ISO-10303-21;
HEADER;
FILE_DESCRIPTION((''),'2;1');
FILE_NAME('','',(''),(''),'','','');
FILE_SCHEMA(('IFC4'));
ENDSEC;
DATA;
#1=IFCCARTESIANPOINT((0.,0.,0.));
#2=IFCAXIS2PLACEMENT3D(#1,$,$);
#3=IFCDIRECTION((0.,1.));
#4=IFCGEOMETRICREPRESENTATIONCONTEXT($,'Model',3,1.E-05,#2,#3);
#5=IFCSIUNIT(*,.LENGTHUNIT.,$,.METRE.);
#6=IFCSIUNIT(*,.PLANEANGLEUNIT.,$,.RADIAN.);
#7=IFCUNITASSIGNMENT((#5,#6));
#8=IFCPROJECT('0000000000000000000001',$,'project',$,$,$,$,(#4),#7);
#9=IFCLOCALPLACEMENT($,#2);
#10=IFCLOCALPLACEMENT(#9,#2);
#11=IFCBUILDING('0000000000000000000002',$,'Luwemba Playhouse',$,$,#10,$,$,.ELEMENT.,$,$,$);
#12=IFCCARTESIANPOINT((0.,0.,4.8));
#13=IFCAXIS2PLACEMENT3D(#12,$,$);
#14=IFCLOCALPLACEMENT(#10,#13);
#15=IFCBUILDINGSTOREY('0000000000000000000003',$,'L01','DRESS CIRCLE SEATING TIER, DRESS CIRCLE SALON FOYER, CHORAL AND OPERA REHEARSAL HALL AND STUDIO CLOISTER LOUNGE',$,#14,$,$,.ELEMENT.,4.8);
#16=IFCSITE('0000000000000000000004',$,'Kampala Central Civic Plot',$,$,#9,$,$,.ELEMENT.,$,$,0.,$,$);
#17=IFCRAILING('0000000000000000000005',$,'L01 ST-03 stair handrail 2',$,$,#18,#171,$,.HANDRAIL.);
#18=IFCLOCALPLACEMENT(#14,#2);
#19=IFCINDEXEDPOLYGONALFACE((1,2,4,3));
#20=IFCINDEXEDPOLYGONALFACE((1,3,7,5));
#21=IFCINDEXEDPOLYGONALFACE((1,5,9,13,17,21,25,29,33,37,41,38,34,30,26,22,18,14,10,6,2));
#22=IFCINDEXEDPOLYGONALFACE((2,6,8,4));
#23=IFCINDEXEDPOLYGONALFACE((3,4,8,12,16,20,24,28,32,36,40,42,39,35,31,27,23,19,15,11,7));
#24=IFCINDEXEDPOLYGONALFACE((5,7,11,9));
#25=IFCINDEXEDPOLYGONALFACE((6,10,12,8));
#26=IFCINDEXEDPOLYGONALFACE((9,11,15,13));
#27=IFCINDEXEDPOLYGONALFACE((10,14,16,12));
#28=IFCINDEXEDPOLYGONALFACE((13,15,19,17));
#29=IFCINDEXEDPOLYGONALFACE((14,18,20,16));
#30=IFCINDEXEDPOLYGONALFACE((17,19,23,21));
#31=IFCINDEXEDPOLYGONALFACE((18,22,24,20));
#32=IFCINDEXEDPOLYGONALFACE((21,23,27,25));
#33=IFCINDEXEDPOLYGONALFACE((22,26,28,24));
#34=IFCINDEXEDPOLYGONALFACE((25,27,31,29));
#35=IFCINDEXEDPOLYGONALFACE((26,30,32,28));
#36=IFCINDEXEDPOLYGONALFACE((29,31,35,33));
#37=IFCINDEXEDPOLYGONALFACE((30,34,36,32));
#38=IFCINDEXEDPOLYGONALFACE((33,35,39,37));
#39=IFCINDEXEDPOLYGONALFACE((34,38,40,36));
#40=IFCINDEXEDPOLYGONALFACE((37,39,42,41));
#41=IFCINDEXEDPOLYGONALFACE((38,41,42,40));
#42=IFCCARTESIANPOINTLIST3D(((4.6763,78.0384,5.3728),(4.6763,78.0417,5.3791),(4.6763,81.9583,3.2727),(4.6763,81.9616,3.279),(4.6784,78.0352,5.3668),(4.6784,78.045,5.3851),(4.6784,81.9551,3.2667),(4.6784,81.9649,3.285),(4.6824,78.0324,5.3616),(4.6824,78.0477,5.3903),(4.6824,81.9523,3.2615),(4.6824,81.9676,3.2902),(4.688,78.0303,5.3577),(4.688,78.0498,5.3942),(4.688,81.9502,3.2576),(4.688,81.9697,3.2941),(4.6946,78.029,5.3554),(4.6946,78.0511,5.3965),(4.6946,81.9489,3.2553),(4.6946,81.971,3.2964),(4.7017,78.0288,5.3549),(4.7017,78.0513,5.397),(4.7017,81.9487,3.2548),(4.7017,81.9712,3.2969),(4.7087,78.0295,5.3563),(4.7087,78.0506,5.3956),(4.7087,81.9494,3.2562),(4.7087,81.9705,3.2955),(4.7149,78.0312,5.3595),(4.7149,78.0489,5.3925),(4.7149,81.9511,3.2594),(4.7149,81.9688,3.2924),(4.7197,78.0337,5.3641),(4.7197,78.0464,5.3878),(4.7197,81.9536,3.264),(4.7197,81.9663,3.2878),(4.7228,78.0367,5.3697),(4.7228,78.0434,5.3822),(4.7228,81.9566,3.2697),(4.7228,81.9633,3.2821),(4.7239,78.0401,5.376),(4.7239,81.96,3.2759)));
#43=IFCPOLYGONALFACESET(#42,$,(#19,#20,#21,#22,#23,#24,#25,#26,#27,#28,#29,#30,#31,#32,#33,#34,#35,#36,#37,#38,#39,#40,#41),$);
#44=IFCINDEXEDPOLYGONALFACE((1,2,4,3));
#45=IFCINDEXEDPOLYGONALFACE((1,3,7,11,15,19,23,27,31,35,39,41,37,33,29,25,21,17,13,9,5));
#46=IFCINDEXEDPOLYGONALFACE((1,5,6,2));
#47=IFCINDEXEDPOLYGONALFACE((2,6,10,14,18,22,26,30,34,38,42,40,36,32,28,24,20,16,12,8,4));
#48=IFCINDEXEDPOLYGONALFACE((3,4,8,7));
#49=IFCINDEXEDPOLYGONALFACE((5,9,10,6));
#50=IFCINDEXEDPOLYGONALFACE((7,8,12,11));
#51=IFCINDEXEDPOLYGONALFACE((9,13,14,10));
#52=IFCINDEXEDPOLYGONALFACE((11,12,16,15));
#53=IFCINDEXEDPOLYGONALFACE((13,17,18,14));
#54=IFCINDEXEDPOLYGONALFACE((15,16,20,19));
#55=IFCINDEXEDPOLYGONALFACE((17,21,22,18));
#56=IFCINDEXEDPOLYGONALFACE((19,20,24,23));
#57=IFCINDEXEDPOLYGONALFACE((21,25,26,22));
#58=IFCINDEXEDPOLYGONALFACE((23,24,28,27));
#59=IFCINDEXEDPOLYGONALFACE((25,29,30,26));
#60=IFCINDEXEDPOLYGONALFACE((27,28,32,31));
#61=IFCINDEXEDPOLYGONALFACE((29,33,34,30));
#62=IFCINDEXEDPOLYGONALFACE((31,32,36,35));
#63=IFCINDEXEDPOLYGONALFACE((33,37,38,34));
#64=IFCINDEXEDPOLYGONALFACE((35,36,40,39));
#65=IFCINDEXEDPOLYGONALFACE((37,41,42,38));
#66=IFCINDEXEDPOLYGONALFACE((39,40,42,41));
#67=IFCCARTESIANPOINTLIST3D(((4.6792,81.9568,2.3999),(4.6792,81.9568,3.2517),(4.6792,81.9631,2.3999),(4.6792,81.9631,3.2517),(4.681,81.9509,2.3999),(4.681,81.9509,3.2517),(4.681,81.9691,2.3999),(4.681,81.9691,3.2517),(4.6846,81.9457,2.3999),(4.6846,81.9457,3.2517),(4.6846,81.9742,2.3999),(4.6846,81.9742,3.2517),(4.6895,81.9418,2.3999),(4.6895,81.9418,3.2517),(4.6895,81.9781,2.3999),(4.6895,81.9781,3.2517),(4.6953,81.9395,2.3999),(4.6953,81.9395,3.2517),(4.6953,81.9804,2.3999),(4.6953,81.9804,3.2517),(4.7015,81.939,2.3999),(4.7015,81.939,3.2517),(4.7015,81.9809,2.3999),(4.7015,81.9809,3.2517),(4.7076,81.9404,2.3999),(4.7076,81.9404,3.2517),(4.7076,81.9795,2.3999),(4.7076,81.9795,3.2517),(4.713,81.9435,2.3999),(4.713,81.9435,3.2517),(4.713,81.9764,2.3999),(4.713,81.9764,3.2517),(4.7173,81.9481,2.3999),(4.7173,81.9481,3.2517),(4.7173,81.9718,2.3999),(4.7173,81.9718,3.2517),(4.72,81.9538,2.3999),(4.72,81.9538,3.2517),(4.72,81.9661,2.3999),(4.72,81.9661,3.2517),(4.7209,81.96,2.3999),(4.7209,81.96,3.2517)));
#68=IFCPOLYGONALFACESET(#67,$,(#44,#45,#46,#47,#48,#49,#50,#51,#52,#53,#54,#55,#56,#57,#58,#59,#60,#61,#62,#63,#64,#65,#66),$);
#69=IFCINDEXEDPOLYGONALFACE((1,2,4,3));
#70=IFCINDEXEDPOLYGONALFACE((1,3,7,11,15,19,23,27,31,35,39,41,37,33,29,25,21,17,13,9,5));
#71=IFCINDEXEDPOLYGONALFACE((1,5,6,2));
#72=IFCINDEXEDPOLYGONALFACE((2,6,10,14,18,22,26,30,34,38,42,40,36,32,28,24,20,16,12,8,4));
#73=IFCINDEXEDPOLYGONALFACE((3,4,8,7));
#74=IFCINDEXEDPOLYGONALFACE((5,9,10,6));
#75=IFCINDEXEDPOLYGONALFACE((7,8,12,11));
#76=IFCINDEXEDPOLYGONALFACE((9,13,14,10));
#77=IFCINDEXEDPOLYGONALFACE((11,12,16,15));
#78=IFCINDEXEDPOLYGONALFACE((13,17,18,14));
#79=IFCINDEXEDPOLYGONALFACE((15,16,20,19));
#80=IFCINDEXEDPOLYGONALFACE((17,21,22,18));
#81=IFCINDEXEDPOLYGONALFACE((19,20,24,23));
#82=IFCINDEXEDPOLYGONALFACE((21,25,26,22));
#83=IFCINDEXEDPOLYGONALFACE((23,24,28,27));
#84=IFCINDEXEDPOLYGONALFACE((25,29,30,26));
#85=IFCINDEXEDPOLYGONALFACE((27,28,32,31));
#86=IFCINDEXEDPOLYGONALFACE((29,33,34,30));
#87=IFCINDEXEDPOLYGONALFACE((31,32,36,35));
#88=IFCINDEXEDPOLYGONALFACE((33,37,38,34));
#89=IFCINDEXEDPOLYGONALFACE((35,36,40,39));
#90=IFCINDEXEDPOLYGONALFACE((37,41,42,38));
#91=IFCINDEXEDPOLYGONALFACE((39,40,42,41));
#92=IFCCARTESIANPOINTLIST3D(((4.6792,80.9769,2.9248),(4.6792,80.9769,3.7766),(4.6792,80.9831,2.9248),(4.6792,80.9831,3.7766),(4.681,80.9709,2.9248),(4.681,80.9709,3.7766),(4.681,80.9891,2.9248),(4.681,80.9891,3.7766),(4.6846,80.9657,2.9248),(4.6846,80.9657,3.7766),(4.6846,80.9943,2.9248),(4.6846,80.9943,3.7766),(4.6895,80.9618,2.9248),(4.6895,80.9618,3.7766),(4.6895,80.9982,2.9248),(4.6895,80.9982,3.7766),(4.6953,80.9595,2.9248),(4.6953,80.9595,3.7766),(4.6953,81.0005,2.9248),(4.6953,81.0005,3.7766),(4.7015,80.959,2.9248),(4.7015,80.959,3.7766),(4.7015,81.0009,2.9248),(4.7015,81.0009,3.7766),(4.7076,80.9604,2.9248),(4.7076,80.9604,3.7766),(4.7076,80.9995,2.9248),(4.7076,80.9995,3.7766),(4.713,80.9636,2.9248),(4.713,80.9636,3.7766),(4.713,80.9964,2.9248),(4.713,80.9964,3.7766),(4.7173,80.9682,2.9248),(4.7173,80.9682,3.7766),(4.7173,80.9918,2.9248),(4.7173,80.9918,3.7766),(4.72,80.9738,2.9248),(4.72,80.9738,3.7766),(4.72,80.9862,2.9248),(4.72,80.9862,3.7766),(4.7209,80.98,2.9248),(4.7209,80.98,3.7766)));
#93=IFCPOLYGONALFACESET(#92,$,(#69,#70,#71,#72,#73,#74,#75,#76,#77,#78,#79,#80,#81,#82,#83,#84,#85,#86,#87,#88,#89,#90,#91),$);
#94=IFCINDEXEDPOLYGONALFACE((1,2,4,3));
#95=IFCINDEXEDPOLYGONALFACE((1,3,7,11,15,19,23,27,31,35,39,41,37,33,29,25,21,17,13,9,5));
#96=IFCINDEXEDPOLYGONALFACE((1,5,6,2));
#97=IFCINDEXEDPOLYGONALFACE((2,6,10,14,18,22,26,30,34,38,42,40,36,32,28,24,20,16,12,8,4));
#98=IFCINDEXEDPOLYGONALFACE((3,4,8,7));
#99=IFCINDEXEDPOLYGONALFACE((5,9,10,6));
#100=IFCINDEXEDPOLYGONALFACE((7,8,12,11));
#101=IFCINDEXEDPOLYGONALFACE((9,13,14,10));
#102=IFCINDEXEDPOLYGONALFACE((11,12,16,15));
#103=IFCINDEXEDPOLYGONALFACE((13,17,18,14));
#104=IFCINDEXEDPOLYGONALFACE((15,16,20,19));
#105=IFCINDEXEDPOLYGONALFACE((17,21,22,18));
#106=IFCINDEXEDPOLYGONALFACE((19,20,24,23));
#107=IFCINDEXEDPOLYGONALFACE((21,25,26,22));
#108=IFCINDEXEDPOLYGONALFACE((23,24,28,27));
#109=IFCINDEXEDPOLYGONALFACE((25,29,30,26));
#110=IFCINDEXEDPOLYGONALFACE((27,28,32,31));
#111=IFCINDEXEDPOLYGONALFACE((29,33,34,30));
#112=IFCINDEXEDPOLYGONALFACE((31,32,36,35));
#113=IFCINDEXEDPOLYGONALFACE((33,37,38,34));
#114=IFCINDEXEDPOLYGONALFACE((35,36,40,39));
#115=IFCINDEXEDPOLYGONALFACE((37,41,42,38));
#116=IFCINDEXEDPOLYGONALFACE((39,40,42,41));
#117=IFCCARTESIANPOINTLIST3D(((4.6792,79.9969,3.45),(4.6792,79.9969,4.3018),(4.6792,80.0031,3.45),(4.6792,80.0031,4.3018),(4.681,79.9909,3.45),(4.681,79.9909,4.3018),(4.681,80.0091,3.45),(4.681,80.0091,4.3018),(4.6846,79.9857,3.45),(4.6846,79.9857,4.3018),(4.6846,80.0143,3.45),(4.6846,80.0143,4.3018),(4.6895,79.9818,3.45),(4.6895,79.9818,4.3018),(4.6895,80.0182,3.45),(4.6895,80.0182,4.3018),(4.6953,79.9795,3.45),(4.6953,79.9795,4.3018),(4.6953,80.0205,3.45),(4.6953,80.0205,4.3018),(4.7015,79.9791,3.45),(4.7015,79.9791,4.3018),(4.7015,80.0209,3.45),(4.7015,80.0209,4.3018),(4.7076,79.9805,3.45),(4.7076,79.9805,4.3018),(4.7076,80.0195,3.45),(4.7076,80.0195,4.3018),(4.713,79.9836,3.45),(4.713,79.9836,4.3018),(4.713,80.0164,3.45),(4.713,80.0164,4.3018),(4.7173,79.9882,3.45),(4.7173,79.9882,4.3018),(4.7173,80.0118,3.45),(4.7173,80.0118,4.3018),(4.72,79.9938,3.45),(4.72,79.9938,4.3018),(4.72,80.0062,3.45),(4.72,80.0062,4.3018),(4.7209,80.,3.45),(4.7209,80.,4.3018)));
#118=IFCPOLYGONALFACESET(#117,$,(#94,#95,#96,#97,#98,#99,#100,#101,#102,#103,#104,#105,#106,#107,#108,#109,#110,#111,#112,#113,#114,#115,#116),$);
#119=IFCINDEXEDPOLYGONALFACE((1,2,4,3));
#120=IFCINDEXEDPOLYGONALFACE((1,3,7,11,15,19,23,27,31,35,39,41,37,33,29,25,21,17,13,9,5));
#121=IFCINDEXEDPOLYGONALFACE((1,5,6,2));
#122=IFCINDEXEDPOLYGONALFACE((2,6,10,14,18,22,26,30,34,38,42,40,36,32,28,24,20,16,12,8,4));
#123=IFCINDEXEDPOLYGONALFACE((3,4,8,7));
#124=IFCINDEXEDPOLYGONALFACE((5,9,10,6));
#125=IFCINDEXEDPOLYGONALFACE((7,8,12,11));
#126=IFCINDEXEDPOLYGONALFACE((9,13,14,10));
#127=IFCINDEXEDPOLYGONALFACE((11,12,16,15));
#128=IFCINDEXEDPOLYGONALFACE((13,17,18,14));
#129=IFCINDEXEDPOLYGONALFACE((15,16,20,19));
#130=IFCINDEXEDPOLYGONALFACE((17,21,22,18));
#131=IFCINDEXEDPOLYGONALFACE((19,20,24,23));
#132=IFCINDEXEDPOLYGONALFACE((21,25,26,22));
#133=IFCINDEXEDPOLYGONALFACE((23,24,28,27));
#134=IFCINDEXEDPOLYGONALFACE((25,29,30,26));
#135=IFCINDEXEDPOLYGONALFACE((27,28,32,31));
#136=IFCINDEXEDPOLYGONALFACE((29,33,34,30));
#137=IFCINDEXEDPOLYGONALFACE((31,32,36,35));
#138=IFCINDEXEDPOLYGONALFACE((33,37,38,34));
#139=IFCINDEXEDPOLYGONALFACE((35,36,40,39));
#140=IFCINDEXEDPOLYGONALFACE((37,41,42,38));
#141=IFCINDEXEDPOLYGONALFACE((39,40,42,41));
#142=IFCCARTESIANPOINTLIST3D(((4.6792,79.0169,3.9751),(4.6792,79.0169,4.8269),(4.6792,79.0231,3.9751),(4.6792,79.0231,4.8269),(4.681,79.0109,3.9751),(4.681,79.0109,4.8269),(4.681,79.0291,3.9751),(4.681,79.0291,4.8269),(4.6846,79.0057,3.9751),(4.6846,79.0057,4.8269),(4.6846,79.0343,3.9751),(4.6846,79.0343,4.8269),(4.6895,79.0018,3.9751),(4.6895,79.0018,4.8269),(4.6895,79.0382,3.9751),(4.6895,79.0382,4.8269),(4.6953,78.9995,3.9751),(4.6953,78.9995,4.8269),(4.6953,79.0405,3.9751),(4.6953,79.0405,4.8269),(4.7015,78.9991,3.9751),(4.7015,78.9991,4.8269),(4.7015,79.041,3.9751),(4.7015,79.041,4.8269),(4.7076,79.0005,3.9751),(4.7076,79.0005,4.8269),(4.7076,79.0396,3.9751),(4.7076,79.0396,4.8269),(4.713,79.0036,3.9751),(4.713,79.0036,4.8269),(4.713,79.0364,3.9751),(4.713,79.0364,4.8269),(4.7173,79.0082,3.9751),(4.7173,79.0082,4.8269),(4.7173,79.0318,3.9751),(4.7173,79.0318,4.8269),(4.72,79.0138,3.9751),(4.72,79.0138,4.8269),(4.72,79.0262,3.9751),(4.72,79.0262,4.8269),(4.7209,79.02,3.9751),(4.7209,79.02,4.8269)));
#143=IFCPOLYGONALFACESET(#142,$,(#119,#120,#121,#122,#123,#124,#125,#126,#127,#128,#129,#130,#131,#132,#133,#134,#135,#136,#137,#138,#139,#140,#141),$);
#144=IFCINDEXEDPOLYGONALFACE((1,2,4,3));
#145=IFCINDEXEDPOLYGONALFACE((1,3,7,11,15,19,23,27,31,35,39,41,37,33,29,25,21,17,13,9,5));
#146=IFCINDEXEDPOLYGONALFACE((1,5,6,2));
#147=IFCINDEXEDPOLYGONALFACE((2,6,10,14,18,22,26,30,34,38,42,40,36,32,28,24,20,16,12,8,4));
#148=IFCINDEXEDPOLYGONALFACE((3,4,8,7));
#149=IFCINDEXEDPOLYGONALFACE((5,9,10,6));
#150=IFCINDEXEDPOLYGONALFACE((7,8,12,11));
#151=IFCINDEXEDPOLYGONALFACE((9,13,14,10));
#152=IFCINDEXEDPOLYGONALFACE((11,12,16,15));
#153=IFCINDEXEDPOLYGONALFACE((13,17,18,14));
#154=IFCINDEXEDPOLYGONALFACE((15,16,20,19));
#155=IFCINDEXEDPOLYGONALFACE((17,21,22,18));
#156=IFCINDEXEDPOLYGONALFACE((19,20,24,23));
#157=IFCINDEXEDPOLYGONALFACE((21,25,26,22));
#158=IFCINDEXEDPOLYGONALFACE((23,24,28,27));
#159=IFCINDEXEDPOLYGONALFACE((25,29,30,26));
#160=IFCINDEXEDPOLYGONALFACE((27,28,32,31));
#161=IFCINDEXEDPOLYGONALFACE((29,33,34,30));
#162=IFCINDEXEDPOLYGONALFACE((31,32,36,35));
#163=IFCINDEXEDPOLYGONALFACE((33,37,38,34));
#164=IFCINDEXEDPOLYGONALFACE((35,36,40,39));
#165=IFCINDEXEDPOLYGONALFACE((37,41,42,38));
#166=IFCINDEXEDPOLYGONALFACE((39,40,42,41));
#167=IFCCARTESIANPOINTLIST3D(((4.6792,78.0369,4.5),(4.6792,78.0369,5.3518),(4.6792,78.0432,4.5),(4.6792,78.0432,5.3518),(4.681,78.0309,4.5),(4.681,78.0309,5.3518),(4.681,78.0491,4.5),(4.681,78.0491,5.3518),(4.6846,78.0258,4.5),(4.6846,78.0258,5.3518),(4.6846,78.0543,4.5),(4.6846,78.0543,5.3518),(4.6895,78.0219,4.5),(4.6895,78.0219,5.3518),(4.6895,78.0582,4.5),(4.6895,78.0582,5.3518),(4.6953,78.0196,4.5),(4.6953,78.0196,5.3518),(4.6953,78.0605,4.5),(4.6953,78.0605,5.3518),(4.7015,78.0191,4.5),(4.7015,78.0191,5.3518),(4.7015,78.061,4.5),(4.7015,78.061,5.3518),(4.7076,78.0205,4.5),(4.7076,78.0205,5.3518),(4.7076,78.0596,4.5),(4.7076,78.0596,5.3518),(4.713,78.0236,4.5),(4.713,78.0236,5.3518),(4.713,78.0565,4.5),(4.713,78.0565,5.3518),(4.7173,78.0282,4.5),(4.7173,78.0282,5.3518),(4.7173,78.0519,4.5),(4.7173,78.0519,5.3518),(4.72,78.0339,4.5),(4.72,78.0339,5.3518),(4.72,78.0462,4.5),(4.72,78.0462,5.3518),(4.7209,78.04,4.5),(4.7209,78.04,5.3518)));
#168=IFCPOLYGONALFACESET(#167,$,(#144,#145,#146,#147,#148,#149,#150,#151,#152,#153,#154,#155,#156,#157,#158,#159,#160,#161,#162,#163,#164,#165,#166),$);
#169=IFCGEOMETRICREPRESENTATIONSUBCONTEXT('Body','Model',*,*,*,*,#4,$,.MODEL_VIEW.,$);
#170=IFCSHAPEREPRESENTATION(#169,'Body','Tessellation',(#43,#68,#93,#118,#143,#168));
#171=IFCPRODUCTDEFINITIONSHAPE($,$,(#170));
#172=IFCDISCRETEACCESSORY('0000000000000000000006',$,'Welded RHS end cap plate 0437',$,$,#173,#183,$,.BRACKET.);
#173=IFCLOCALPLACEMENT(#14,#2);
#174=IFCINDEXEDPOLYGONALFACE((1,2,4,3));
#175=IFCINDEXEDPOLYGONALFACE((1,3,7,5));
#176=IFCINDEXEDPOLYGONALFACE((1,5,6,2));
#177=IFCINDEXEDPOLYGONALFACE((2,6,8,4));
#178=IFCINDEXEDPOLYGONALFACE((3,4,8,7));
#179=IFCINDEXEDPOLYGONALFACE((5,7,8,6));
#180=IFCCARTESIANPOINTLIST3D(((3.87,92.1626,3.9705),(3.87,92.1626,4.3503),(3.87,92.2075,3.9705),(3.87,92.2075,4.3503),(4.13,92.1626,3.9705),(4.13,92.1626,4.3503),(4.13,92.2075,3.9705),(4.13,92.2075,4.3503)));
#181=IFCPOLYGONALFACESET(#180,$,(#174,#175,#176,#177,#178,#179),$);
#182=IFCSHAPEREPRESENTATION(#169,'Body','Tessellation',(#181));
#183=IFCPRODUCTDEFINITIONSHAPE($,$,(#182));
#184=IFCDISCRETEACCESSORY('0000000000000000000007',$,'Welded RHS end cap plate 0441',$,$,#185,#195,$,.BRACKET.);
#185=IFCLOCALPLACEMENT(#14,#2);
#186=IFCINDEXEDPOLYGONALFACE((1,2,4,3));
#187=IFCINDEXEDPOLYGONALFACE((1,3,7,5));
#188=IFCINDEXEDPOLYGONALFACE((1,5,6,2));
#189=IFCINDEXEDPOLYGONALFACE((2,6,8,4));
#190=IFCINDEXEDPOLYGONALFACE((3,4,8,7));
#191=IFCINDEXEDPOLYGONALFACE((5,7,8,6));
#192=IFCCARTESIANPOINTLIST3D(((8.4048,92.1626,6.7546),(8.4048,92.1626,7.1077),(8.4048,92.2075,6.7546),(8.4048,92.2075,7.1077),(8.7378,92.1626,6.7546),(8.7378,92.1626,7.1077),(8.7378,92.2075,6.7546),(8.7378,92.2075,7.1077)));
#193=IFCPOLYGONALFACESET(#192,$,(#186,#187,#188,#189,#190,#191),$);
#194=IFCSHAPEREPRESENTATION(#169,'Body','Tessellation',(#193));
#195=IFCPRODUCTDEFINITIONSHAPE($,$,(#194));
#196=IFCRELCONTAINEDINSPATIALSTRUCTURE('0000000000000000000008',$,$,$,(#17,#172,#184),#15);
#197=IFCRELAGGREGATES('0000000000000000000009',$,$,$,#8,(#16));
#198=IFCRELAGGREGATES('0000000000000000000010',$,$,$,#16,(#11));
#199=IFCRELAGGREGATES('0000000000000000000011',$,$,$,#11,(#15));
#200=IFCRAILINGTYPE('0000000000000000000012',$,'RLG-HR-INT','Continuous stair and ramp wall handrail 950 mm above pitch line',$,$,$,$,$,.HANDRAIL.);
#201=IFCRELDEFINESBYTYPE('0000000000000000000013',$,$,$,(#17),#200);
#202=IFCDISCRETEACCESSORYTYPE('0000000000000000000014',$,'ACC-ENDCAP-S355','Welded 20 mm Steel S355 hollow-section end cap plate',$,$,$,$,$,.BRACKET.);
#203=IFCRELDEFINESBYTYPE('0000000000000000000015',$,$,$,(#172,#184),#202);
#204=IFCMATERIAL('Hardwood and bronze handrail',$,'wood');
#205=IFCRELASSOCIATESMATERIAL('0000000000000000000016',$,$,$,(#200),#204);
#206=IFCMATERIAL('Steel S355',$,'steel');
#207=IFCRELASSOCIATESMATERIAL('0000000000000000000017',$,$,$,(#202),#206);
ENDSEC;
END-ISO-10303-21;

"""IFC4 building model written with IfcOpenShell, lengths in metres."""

from ifc_helpers import new_model, si_unit, direction, frame, origin, origin_2d, place, context, subcontext, project, spatial, rectangle, circle, extrude, material, type_object, element, save


model = new_model("IFC4")

# Units and contexts
model_context = context("Model", 3, precision=1e-05, world=origin(), true_north=direction((0.0, 1.0)))
body_context = subcontext(model_context, "Body", "Model", "MODEL_VIEW")
ifc_project = project(units=[si_unit("LENGTHUNIT", "METRE"), si_unit("PLANEANGLEUNIT", "RADIAN")], contexts=[model_context])

# Site, building, storey
site_placement = place(None, origin())
site = spatial("IfcSite", under=ifc_project, at=site_placement, Name="Kampala Central Civic Plot", CompositionType="ELEMENT", RefElevation=0.0)
building_placement = place(site_placement, origin())
building = spatial("IfcBuilding", under=site, at=building_placement, Name="Luwemba Playhouse", CompositionType="ELEMENT")
storey_placement = place(building_placement, frame((0.0, 0.0, 4.8)))
storey = spatial("IfcBuildingStorey", under=building, at=storey_placement, Name="L01", Description="DRESS CIRCLE SEATING TIER, DRESS CIRCLE SALON FOYER, CHORAL AND OPERA REHEARSAL HALL AND STUDIO CLOISTER LOUNGE", CompositionType="ELEMENT", Elevation=4.8)

# Shared definitions
ifc_material_1 = material(Name="Steel S355", Category="steel")

# Railing
ifc_material_2 = material(Name="Hardwood and bronze handrail", Category="wood")
railing_type_1 = type_object("IfcRailingType", Name="RLG-HR-INT", Description="Continuous stair and ramp wall handrail 950 mm above pitch line", PredefinedType="HANDRAIL", material=ifc_material_2)
railing_1_placement = place(storey_placement, frame((4.7, 81.96, 2.3999)))
element("IfcRailing", 1, at=railing_1_placement, inside=storey, type_object=railing_type_1, Name="L01 ST-03 stair handrail 2", PredefinedType="HANDRAIL", context=body_context, shape_type="SweptSolid", body=[
    extrude(circle(Radius=0.0239, at=origin_2d()), frame((0.0, 0.0, 0.876), z_axis=(0.0, -0.881467, 0.472246), x_axis=(1.0, 0.0, 0.0)), (0.0, 0.0, 1.0), 4.447),
    extrude(circle(Radius=0.021, at=origin_2d()), origin(), (0.0, 0.0, 1.0), 0.8518),
    extrude(circle(Radius=0.021, at=origin_2d()), frame((0.0, -0.98, 0.5249)), (0.0, 0.0, 1.0), 0.8518),
    extrude(circle(Radius=0.021, at=origin_2d()), frame((0.0, -1.96, 1.05)), (0.0, 0.0, 1.0), 0.8518),
    extrude(circle(Radius=0.021, at=origin_2d()), frame((0.0, -2.9399, 1.5752)), (0.0, 0.0, 1.0), 0.8518),
    extrude(circle(Radius=0.021, at=origin_2d()), frame((0.0, -3.9199, 2.1001)), (0.0, 0.0, 1.0), 0.8518),
])

# Discrete accessories
discrete_accessory_type = type_object("IfcDiscreteAccessoryType", Name="ACC-ENDCAP-S355", Description="Welded 20 mm Steel S355 hollow-section end cap plate", PredefinedType="BRACKET", material=ifc_material_1)
discrete_accessory_1_placement = place(storey_placement, frame((4.0, 92.1851, 3.9705), z_axis=(0.0, 0.0, 1.0), x_axis=(1.0, 0.0, 0.0)))
element("IfcDiscreteAccessory", 2, at=discrete_accessory_1_placement, inside=storey, type_object=discrete_accessory_type, Name="Welded RHS end cap plate 0437", PredefinedType="BRACKET", context=body_context, shape_type="SweptSolid", body=[
    extrude(rectangle(XDim=0.26, YDim=0.0449, at=origin_2d()), origin(), (0.0, 0.0, 1.0), 0.3799),
])
discrete_accessory_2_placement = place(storey_placement, frame((8.5713, 92.1851, 6.7546), z_axis=(0.0, 0.0, 1.0), x_axis=(1.0, 0.0, 0.0)))
element("IfcDiscreteAccessory", 3, at=discrete_accessory_2_placement, inside=storey, type_object=discrete_accessory_type, Name="Welded RHS end cap plate 0441", PredefinedType="BRACKET", context=body_context, shape_type="SweptSolid", body=[
    extrude(rectangle(XDim=0.333, YDim=0.0449, at=origin_2d()), origin(), (0.0, 0.0, 1.0), 0.353),
])

save(model, "model.ifc")
